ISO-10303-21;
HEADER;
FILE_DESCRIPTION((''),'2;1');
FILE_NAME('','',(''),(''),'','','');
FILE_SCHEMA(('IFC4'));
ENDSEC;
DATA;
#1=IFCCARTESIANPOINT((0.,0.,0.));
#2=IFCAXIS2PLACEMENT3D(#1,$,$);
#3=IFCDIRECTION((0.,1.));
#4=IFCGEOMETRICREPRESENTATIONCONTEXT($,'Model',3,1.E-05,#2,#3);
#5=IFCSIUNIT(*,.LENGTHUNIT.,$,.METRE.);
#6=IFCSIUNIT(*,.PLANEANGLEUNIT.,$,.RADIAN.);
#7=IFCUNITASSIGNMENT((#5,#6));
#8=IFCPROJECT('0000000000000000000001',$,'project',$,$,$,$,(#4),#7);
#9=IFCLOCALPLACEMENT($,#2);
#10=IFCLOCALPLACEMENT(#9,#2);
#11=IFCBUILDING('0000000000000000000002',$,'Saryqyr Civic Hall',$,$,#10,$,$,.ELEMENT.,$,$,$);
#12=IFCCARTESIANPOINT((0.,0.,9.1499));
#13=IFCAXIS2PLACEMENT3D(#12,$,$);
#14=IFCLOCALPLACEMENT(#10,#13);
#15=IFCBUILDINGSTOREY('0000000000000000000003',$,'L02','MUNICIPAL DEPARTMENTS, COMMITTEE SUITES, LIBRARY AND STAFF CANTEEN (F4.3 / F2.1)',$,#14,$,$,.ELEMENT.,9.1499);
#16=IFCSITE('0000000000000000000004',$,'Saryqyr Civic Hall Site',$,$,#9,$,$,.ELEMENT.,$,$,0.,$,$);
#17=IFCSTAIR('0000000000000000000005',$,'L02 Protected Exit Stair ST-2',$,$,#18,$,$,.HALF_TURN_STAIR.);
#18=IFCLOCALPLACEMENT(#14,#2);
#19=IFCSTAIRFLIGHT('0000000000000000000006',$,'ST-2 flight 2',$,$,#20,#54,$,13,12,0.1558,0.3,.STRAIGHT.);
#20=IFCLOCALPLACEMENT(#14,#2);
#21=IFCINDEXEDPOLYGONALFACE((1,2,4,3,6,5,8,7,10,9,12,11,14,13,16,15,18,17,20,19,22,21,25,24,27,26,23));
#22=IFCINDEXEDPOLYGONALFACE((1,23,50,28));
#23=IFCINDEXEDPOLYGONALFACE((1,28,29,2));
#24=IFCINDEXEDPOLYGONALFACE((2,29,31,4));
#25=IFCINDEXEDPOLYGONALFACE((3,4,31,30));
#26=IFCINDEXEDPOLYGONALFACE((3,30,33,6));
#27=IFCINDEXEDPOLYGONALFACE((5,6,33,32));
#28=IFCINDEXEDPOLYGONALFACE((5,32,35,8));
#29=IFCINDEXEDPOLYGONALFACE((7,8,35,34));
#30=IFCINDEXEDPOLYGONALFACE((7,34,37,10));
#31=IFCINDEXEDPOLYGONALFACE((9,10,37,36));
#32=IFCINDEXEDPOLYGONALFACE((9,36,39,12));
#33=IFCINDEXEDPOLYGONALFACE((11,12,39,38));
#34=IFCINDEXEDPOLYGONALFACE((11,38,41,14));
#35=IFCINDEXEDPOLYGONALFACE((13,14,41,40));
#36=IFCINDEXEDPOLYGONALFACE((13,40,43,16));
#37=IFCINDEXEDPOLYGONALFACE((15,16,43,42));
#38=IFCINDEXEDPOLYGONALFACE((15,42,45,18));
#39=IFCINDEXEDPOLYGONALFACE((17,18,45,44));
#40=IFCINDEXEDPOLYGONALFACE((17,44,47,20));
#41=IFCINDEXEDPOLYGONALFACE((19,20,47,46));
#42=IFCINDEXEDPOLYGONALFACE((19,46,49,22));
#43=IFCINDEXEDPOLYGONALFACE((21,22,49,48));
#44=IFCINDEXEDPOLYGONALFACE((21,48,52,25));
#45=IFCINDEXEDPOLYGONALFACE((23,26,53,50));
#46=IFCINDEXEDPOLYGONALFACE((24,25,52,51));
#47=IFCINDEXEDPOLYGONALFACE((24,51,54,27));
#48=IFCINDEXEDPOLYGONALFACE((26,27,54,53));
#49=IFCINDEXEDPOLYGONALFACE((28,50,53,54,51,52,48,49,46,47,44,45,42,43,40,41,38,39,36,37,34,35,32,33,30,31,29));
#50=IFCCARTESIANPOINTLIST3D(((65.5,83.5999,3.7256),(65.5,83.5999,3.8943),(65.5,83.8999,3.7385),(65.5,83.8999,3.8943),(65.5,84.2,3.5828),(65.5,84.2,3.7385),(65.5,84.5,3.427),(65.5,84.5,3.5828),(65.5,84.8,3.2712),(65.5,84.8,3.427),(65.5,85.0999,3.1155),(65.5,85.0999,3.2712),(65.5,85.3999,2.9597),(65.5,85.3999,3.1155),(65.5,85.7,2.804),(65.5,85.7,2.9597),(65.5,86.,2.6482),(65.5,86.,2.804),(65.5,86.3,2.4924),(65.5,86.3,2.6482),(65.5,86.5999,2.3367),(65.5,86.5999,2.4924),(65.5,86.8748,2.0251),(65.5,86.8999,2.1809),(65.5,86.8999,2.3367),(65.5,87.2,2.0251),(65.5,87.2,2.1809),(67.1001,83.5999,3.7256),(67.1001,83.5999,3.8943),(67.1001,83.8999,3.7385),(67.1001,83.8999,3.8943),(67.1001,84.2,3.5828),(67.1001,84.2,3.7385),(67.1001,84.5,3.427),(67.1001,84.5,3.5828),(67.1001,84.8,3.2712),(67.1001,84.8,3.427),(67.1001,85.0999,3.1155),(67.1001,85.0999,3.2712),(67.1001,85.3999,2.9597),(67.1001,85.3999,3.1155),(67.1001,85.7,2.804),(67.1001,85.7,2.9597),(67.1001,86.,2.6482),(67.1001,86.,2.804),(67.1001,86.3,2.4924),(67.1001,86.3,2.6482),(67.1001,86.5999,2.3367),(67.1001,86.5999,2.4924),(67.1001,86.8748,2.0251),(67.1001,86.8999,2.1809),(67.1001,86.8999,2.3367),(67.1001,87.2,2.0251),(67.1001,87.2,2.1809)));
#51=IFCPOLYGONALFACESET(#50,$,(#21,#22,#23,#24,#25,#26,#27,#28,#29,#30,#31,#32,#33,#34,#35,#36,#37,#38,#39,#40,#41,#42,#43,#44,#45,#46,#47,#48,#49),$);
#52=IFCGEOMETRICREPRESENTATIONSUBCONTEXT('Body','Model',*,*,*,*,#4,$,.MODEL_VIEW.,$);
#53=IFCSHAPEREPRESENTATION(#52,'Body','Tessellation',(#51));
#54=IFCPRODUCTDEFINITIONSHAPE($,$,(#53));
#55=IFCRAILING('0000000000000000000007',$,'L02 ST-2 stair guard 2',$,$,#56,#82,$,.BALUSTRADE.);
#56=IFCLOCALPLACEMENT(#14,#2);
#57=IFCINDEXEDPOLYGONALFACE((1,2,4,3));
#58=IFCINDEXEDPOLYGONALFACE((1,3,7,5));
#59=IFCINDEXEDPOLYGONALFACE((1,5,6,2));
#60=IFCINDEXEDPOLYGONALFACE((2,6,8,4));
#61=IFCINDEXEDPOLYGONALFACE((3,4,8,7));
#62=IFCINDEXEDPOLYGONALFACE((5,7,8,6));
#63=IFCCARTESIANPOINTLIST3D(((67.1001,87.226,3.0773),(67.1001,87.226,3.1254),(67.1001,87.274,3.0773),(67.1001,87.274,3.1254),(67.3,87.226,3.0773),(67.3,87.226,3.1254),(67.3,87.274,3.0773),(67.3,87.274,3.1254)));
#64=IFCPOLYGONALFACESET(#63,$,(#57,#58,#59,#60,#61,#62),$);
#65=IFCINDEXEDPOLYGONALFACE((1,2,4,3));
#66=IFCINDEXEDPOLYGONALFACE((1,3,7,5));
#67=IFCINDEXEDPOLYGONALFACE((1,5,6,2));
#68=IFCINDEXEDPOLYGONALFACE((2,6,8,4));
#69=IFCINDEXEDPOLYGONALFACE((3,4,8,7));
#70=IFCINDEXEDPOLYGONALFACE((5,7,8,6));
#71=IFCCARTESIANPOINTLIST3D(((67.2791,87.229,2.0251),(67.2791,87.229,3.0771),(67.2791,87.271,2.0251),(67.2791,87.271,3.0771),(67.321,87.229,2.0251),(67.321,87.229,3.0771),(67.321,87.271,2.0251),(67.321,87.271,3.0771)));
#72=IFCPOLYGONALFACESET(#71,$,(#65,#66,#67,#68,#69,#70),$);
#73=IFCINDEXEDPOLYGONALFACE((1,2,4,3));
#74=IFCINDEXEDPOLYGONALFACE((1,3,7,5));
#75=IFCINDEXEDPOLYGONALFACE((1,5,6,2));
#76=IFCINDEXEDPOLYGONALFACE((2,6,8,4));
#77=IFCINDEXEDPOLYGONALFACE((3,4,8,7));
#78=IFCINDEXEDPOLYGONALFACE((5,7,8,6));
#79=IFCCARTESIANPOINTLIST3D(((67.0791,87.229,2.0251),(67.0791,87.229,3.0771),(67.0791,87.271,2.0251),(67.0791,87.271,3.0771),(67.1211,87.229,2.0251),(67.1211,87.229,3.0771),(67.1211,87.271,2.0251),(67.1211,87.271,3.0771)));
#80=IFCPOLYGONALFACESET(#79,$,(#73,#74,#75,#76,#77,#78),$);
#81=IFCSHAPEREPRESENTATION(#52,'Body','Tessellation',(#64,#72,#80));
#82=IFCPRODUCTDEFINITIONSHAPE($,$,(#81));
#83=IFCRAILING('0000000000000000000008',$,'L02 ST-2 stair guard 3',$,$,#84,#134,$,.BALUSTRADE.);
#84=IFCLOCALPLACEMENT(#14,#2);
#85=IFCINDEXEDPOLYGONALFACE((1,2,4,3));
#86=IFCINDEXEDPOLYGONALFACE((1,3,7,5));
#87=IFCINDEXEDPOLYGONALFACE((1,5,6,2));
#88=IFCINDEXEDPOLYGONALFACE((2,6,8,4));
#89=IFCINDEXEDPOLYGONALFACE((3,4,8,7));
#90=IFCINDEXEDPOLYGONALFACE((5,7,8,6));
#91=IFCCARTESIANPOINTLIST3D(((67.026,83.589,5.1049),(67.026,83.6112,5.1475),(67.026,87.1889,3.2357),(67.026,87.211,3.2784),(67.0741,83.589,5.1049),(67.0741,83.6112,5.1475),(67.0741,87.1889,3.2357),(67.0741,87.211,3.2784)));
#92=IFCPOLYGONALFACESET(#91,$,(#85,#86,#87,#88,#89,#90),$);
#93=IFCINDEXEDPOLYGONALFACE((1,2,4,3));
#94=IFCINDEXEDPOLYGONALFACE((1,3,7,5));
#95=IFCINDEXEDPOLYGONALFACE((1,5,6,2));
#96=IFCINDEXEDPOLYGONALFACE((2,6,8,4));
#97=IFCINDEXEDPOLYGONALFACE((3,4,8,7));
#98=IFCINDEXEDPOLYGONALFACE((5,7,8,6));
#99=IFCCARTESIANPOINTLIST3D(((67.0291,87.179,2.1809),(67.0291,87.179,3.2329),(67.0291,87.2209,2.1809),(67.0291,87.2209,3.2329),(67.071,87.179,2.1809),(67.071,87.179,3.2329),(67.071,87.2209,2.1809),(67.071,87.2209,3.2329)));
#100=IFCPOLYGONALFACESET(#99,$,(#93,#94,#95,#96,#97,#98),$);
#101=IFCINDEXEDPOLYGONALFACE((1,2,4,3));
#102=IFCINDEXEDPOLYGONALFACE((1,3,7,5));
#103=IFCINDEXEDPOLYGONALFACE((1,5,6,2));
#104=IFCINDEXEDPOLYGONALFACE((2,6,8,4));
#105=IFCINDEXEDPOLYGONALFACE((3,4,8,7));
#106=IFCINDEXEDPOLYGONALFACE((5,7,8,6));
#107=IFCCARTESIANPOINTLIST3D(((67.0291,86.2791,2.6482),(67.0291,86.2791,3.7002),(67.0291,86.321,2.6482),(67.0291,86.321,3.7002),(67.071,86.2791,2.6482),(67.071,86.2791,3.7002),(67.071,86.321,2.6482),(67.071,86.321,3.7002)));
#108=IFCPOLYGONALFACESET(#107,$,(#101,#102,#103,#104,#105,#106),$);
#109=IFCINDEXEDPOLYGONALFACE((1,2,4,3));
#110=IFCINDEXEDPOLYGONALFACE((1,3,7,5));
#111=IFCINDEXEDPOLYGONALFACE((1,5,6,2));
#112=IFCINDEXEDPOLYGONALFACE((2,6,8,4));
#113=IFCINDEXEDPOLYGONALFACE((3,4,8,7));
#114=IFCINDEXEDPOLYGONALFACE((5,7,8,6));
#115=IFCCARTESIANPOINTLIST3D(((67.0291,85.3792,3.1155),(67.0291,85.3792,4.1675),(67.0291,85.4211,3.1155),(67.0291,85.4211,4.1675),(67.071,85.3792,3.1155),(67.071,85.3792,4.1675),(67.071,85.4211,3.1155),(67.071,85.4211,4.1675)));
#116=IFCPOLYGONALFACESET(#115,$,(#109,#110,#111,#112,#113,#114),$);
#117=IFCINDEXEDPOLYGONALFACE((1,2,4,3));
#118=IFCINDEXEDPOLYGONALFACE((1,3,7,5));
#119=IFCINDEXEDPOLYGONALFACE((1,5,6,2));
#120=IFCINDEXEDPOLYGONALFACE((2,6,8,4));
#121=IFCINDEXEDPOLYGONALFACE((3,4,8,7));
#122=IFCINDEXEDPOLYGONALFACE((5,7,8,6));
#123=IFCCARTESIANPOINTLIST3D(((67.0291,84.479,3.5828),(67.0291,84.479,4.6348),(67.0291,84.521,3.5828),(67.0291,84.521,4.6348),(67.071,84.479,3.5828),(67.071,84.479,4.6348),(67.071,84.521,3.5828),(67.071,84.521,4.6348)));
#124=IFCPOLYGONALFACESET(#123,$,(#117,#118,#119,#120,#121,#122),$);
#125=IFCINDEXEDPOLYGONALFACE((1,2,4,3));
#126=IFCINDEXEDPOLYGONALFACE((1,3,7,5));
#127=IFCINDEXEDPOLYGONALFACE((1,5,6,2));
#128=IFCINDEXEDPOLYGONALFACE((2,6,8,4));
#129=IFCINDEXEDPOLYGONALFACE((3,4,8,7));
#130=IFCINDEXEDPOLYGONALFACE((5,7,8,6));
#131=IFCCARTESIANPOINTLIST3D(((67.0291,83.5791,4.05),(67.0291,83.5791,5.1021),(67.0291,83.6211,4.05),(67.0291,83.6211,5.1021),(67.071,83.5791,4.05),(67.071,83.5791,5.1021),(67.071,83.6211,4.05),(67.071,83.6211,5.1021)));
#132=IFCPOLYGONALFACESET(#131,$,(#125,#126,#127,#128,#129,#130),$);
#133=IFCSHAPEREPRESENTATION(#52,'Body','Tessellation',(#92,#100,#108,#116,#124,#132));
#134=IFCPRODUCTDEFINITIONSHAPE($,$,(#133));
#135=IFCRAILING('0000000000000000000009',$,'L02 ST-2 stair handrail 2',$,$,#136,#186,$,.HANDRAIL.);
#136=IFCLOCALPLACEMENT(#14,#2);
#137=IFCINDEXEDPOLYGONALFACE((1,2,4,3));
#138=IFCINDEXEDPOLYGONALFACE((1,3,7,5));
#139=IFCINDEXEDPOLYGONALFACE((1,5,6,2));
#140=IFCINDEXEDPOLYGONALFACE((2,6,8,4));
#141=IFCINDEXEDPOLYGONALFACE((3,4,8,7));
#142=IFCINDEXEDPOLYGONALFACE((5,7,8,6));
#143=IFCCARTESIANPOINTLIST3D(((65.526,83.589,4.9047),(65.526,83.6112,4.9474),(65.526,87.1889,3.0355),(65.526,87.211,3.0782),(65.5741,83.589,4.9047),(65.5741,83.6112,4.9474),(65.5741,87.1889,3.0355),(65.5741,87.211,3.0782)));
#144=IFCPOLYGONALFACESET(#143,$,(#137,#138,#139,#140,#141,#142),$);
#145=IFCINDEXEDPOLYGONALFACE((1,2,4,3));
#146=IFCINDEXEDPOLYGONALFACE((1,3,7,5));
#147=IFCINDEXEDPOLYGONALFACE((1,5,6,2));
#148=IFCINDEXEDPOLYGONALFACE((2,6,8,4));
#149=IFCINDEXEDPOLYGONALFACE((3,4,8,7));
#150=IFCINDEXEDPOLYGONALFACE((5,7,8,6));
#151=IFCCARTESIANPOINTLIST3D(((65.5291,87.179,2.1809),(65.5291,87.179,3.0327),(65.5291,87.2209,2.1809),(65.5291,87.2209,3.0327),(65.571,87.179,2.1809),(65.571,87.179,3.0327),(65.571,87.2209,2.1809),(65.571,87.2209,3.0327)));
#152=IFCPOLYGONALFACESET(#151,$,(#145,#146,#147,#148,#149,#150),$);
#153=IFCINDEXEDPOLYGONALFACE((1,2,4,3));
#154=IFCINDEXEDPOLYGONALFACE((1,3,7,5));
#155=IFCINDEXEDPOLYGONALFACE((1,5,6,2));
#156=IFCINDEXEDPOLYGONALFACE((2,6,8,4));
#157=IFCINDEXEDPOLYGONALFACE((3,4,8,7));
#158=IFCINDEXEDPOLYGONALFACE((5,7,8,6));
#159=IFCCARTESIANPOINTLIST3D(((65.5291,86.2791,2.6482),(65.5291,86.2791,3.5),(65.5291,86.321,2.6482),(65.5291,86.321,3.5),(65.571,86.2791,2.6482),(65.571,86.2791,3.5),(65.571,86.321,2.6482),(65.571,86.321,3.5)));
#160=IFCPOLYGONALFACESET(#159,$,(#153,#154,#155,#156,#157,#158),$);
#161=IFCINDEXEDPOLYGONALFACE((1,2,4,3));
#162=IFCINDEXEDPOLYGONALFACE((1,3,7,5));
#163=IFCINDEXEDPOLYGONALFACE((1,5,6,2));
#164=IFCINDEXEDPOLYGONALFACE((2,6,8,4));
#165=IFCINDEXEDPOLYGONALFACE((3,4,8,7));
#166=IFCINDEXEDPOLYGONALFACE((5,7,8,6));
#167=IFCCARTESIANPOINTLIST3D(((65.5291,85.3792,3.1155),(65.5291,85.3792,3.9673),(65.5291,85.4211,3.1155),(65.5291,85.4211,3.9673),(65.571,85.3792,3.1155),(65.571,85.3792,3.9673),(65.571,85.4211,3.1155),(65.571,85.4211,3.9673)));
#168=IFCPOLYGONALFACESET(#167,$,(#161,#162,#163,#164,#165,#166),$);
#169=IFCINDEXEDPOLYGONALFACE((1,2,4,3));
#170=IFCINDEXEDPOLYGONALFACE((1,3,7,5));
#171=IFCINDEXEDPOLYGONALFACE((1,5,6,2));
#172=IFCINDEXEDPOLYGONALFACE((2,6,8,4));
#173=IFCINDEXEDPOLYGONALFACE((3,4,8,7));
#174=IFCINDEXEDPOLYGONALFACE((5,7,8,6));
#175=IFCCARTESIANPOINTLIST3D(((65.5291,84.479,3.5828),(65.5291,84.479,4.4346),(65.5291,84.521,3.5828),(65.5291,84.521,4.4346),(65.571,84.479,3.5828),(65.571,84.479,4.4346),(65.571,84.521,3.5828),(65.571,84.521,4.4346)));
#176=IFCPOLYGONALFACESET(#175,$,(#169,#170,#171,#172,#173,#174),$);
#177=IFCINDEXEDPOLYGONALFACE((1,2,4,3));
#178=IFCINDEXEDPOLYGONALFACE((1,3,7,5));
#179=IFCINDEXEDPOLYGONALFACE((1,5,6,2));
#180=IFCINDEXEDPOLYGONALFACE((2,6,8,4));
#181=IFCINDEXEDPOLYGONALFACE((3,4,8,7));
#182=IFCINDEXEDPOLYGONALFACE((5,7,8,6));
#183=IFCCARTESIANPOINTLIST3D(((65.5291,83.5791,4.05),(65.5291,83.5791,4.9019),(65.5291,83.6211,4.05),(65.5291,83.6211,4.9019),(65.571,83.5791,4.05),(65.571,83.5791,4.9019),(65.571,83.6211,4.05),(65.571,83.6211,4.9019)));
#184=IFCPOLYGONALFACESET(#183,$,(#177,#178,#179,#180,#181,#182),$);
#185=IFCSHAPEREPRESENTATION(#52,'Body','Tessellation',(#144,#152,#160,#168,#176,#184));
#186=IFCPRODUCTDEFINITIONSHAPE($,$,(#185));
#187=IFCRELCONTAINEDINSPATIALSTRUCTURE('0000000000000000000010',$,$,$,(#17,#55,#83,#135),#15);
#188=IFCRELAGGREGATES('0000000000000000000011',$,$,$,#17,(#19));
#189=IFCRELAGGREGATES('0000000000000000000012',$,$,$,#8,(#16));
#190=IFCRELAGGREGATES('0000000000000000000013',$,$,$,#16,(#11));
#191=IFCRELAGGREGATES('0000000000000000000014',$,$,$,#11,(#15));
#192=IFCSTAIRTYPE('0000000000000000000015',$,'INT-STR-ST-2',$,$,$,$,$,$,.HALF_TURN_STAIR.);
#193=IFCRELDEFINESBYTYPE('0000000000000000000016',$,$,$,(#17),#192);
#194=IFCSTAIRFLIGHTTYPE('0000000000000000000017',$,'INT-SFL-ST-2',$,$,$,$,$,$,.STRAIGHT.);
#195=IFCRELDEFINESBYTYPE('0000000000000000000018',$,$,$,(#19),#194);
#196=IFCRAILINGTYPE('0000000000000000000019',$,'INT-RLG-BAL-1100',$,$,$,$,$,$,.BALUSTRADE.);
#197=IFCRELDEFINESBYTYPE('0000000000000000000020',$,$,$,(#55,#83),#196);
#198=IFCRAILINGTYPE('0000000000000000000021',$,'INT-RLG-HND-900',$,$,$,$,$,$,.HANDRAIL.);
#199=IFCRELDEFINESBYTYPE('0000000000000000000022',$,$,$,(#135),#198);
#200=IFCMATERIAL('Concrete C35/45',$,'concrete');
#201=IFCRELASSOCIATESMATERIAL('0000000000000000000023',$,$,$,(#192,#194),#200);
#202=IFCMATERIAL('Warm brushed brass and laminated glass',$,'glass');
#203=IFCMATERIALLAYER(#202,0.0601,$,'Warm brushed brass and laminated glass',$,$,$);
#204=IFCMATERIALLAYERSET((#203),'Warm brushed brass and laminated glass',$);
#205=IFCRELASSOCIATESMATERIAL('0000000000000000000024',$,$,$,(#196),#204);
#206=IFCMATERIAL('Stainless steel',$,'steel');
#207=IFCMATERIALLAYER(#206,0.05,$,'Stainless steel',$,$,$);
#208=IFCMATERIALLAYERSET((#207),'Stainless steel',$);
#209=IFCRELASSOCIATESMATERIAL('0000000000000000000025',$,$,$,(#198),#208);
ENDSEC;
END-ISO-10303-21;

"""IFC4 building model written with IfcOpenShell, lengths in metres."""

from ifc_helpers import new_model, si_unit, direction, frame, origin, origin_2d, place, context, subcontext, project, spatial, polyline, rectangle, outline, extrude, material, layer, layer_set, type_object, element, aggregate, save


model = new_model("IFC4")

# Units and contexts
model_context = context("Model", 3, precision=1e-05, world=origin(), true_north=direction((0.0, 1.0)))
body_context = subcontext(model_context, "Body", "Model", "MODEL_VIEW")
ifc_project = project(units=[si_unit("LENGTHUNIT", "METRE"), si_unit("PLANEANGLEUNIT", "RADIAN")], contexts=[model_context])

# Site, building, storey
site_placement = place(None, origin())
site = spatial("IfcSite", under=ifc_project, at=site_placement, Name="Saryqyr Civic Hall Site", CompositionType="ELEMENT", RefElevation=0.0)
building_placement = place(site_placement, origin())
building = spatial("IfcBuilding", under=site, at=building_placement, Name="Saryqyr Civic Hall", CompositionType="ELEMENT")
storey_placement = place(building_placement, frame((0.0, 0.0, 9.1499)))
storey = spatial("IfcBuildingStorey", under=building, at=storey_placement, Name="L02", Description="MUNICIPAL DEPARTMENTS, COMMITTEE SUITES, LIBRARY AND STAFF CANTEEN (F4.3 / F2.1)", CompositionType="ELEMENT", Elevation=9.1499)

# Shared definitions
ifc_material_1 = material(Name="Concrete C35/45", Category="concrete")

# Stair, stair flight
stair_type = type_object("IfcStairType", Name="INT-STR-ST-2", PredefinedType="HALF_TURN_STAIR", material=ifc_material_1)
stair_placement = place(storey_placement, origin())
stair = element("IfcStair", 1, at=stair_placement, inside=storey, type_object=stair_type, Name="L02 Protected Exit Stair ST-2", PredefinedType="HALF_TURN_STAIR")
stair_flight_type = type_object("IfcStairFlightType", Name="INT-SFL-ST-2", PredefinedType="STRAIGHT", material=ifc_material_1)
stair_flight_placement = place(storey_placement, frame((66.3, 87.2, 2.0251), z_axis=(0.0, 0.0, 1.0), x_axis=(0.0, -1.0, 0.0)))
stair_flight = element("IfcStairFlight", 2, at=stair_flight_placement, type_object=stair_flight_type, Name="ST-2 flight 2", NumberOfRisers=13, NumberOfTreads=12, PredefinedType="STRAIGHT", RiserHeight=0.1558, TreadLength=0.3, context=body_context, shape_type="SweptSolid", body=[
    extrude(outline(polyline([(0.0, 0.0), (0.0, 0.1558), (0.3, 0.1558), (0.3, 0.3115), (0.6001, 0.3115), (0.6001, 0.4673), (0.8999, 0.4673), (0.8999, 0.623), (1.2, 0.623), (1.2, 0.7788), (1.5, 0.7788), (1.5, 0.9346), (1.8, 0.9346), (1.8, 1.0903), (2.1001, 1.0903), (2.1001, 1.2461), (2.3999, 1.2461), (2.3999, 1.4019), (2.7, 1.4019), (2.7, 1.5576), (3.0, 1.5576), (3.0, 1.7134), (3.3, 1.7134), (3.3, 1.8691), (3.6001, 1.8691), (3.6001, 2.0249), (3.6001, 1.7004), (0.3252, 0.0), (0.0, 0.0)])), frame((0.0, 0.8, 0.0), z_axis=(0.0, -1.0, 0.0), x_axis=(1.0, 0.0, 0.0)), (0.0, 0.0, 1.0), 1.6001),
])
aggregate(stair, [stair_flight])

# Railings
ifc_material_2 = material(Name="Warm brushed brass and laminated glass", Category="glass")
ifc_layer_1 = layer(ifc_material_2, 0.0601, Name="Warm brushed brass and laminated glass")
ifc_layer_set_1 = layer_set([ifc_layer_1], Name="Warm brushed brass and laminated glass")
railing_type_1 = type_object("IfcRailingType", Name="INT-RLG-BAL-1100", PredefinedType="BALUSTRADE", material=ifc_layer_set_1)
railing_1_placement = place(storey_placement, frame((67.3, 87.25, 2.0251)))
element("IfcRailing", 3, at=railing_1_placement, inside=storey, type_object=railing_type_1, Name="L02 ST-2 stair guard 2", PredefinedType="BALUSTRADE", context=body_context, shape_type="SweptSolid", body=[
    extrude(rectangle(XDim=0.0481, YDim=0.0481, at=origin_2d()), frame((0.0, 0.0, 1.0762), z_axis=(-1.0, 0.0, 0.0), x_axis=(0.0, -1.0, 0.0)), (0.0, 0.0, 1.0), 0.2),
    extrude(rectangle(XDim=0.042, YDim=0.042, at=origin_2d()), origin(), (0.0, 0.0, 1.0), 1.052),
    extrude(rectangle(XDim=0.042, YDim=0.042, at=origin_2d()), frame((-0.2, 0.0, 0.0)), (0.0, 0.0, 1.0), 1.052),
])
railing_2_placement = place(storey_placement, frame((67.05, 87.2, 2.1809)))
element("IfcRailing", 4, at=railing_2_placement, inside=storey, type_object=railing_type_1, Name="L02 ST-2 stair guard 3", PredefinedType="BALUSTRADE", context=body_context, shape_type="SweptSolid", body=[
    extrude(rectangle(XDim=0.0481, YDim=0.0481, at=origin_2d()), frame((0.0, 0.0, 1.0762), z_axis=(0.0, -0.887497, 0.460813), x_axis=(1.0, 0.0, 0.0)), (0.0, 0.0, 1.0), 4.0562),
    extrude(rectangle(XDim=0.042, YDim=0.042, at=origin_2d()), origin(), (0.0, 0.0, 1.0), 1.052),
    extrude(rectangle(XDim=0.042, YDim=0.042, at=origin_2d()), frame((0.0, -0.8999, 0.4673)), (0.0, 0.0, 1.0), 1.052),
    extrude(rectangle(XDim=0.042, YDim=0.042, at=origin_2d()), frame((0.0, -1.7998, 0.9346)), (0.0, 0.0, 1.0), 1.052),
    extrude(rectangle(XDim=0.042, YDim=0.042, at=origin_2d()), frame((0.0, -2.7, 1.4019)), (0.0, 0.0, 1.0), 1.052),
    extrude(rectangle(XDim=0.042, YDim=0.042, at=origin_2d()), frame((0.0, -3.5999, 1.8691)), (0.0, 0.0, 1.0), 1.052),
])
ifc_material_3 = material(Name="Stainless steel", Category="steel")
ifc_layer_2 = layer(ifc_material_3, 0.05, Name="Stainless steel")
ifc_layer_set_2 = layer_set([ifc_layer_2], Name="Stainless steel")
railing_type_2 = type_object("IfcRailingType", Name="INT-RLG-HND-900", PredefinedType="HANDRAIL", material=ifc_layer_set_2)
railing_3_placement = place(storey_placement, frame((65.55, 87.2, 2.1809)))
element("IfcRailing", 5, at=railing_3_placement, inside=storey, type_object=railing_type_2, Name="L02 ST-2 stair handrail 2", PredefinedType="HANDRAIL", context=body_context, shape_type="SweptSolid", body=[
    extrude(rectangle(XDim=0.0481, YDim=0.0481, at=origin_2d()), frame((0.0, 0.0, 0.876), z_axis=(0.0, -0.887497, 0.460813), x_axis=(1.0, 0.0, 0.0)), (0.0, 0.0, 1.0), 4.0562),
    extrude(rectangle(XDim=0.042, YDim=0.042, at=origin_2d()), origin(), (0.0, 0.0, 1.0), 0.8518),
    extrude(rectangle(XDim=0.042, YDim=0.042, at=origin_2d()), frame((0.0, -0.8999, 0.4673)), (0.0, 0.0, 1.0), 0.8518),
    extrude(rectangle(XDim=0.042, YDim=0.042, at=origin_2d()), frame((0.0, -1.7998, 0.9346)), (0.0, 0.0, 1.0), 0.8518),
    extrude(rectangle(XDim=0.042, YDim=0.042, at=origin_2d()), frame((0.0, -2.7, 1.4019)), (0.0, 0.0, 1.0), 0.8518),
    extrude(rectangle(XDim=0.042, YDim=0.042, at=origin_2d()), frame((0.0, -3.5999, 1.8691)), (0.0, 0.0, 1.0), 0.8518),
])

save(model, "model.ifc")
